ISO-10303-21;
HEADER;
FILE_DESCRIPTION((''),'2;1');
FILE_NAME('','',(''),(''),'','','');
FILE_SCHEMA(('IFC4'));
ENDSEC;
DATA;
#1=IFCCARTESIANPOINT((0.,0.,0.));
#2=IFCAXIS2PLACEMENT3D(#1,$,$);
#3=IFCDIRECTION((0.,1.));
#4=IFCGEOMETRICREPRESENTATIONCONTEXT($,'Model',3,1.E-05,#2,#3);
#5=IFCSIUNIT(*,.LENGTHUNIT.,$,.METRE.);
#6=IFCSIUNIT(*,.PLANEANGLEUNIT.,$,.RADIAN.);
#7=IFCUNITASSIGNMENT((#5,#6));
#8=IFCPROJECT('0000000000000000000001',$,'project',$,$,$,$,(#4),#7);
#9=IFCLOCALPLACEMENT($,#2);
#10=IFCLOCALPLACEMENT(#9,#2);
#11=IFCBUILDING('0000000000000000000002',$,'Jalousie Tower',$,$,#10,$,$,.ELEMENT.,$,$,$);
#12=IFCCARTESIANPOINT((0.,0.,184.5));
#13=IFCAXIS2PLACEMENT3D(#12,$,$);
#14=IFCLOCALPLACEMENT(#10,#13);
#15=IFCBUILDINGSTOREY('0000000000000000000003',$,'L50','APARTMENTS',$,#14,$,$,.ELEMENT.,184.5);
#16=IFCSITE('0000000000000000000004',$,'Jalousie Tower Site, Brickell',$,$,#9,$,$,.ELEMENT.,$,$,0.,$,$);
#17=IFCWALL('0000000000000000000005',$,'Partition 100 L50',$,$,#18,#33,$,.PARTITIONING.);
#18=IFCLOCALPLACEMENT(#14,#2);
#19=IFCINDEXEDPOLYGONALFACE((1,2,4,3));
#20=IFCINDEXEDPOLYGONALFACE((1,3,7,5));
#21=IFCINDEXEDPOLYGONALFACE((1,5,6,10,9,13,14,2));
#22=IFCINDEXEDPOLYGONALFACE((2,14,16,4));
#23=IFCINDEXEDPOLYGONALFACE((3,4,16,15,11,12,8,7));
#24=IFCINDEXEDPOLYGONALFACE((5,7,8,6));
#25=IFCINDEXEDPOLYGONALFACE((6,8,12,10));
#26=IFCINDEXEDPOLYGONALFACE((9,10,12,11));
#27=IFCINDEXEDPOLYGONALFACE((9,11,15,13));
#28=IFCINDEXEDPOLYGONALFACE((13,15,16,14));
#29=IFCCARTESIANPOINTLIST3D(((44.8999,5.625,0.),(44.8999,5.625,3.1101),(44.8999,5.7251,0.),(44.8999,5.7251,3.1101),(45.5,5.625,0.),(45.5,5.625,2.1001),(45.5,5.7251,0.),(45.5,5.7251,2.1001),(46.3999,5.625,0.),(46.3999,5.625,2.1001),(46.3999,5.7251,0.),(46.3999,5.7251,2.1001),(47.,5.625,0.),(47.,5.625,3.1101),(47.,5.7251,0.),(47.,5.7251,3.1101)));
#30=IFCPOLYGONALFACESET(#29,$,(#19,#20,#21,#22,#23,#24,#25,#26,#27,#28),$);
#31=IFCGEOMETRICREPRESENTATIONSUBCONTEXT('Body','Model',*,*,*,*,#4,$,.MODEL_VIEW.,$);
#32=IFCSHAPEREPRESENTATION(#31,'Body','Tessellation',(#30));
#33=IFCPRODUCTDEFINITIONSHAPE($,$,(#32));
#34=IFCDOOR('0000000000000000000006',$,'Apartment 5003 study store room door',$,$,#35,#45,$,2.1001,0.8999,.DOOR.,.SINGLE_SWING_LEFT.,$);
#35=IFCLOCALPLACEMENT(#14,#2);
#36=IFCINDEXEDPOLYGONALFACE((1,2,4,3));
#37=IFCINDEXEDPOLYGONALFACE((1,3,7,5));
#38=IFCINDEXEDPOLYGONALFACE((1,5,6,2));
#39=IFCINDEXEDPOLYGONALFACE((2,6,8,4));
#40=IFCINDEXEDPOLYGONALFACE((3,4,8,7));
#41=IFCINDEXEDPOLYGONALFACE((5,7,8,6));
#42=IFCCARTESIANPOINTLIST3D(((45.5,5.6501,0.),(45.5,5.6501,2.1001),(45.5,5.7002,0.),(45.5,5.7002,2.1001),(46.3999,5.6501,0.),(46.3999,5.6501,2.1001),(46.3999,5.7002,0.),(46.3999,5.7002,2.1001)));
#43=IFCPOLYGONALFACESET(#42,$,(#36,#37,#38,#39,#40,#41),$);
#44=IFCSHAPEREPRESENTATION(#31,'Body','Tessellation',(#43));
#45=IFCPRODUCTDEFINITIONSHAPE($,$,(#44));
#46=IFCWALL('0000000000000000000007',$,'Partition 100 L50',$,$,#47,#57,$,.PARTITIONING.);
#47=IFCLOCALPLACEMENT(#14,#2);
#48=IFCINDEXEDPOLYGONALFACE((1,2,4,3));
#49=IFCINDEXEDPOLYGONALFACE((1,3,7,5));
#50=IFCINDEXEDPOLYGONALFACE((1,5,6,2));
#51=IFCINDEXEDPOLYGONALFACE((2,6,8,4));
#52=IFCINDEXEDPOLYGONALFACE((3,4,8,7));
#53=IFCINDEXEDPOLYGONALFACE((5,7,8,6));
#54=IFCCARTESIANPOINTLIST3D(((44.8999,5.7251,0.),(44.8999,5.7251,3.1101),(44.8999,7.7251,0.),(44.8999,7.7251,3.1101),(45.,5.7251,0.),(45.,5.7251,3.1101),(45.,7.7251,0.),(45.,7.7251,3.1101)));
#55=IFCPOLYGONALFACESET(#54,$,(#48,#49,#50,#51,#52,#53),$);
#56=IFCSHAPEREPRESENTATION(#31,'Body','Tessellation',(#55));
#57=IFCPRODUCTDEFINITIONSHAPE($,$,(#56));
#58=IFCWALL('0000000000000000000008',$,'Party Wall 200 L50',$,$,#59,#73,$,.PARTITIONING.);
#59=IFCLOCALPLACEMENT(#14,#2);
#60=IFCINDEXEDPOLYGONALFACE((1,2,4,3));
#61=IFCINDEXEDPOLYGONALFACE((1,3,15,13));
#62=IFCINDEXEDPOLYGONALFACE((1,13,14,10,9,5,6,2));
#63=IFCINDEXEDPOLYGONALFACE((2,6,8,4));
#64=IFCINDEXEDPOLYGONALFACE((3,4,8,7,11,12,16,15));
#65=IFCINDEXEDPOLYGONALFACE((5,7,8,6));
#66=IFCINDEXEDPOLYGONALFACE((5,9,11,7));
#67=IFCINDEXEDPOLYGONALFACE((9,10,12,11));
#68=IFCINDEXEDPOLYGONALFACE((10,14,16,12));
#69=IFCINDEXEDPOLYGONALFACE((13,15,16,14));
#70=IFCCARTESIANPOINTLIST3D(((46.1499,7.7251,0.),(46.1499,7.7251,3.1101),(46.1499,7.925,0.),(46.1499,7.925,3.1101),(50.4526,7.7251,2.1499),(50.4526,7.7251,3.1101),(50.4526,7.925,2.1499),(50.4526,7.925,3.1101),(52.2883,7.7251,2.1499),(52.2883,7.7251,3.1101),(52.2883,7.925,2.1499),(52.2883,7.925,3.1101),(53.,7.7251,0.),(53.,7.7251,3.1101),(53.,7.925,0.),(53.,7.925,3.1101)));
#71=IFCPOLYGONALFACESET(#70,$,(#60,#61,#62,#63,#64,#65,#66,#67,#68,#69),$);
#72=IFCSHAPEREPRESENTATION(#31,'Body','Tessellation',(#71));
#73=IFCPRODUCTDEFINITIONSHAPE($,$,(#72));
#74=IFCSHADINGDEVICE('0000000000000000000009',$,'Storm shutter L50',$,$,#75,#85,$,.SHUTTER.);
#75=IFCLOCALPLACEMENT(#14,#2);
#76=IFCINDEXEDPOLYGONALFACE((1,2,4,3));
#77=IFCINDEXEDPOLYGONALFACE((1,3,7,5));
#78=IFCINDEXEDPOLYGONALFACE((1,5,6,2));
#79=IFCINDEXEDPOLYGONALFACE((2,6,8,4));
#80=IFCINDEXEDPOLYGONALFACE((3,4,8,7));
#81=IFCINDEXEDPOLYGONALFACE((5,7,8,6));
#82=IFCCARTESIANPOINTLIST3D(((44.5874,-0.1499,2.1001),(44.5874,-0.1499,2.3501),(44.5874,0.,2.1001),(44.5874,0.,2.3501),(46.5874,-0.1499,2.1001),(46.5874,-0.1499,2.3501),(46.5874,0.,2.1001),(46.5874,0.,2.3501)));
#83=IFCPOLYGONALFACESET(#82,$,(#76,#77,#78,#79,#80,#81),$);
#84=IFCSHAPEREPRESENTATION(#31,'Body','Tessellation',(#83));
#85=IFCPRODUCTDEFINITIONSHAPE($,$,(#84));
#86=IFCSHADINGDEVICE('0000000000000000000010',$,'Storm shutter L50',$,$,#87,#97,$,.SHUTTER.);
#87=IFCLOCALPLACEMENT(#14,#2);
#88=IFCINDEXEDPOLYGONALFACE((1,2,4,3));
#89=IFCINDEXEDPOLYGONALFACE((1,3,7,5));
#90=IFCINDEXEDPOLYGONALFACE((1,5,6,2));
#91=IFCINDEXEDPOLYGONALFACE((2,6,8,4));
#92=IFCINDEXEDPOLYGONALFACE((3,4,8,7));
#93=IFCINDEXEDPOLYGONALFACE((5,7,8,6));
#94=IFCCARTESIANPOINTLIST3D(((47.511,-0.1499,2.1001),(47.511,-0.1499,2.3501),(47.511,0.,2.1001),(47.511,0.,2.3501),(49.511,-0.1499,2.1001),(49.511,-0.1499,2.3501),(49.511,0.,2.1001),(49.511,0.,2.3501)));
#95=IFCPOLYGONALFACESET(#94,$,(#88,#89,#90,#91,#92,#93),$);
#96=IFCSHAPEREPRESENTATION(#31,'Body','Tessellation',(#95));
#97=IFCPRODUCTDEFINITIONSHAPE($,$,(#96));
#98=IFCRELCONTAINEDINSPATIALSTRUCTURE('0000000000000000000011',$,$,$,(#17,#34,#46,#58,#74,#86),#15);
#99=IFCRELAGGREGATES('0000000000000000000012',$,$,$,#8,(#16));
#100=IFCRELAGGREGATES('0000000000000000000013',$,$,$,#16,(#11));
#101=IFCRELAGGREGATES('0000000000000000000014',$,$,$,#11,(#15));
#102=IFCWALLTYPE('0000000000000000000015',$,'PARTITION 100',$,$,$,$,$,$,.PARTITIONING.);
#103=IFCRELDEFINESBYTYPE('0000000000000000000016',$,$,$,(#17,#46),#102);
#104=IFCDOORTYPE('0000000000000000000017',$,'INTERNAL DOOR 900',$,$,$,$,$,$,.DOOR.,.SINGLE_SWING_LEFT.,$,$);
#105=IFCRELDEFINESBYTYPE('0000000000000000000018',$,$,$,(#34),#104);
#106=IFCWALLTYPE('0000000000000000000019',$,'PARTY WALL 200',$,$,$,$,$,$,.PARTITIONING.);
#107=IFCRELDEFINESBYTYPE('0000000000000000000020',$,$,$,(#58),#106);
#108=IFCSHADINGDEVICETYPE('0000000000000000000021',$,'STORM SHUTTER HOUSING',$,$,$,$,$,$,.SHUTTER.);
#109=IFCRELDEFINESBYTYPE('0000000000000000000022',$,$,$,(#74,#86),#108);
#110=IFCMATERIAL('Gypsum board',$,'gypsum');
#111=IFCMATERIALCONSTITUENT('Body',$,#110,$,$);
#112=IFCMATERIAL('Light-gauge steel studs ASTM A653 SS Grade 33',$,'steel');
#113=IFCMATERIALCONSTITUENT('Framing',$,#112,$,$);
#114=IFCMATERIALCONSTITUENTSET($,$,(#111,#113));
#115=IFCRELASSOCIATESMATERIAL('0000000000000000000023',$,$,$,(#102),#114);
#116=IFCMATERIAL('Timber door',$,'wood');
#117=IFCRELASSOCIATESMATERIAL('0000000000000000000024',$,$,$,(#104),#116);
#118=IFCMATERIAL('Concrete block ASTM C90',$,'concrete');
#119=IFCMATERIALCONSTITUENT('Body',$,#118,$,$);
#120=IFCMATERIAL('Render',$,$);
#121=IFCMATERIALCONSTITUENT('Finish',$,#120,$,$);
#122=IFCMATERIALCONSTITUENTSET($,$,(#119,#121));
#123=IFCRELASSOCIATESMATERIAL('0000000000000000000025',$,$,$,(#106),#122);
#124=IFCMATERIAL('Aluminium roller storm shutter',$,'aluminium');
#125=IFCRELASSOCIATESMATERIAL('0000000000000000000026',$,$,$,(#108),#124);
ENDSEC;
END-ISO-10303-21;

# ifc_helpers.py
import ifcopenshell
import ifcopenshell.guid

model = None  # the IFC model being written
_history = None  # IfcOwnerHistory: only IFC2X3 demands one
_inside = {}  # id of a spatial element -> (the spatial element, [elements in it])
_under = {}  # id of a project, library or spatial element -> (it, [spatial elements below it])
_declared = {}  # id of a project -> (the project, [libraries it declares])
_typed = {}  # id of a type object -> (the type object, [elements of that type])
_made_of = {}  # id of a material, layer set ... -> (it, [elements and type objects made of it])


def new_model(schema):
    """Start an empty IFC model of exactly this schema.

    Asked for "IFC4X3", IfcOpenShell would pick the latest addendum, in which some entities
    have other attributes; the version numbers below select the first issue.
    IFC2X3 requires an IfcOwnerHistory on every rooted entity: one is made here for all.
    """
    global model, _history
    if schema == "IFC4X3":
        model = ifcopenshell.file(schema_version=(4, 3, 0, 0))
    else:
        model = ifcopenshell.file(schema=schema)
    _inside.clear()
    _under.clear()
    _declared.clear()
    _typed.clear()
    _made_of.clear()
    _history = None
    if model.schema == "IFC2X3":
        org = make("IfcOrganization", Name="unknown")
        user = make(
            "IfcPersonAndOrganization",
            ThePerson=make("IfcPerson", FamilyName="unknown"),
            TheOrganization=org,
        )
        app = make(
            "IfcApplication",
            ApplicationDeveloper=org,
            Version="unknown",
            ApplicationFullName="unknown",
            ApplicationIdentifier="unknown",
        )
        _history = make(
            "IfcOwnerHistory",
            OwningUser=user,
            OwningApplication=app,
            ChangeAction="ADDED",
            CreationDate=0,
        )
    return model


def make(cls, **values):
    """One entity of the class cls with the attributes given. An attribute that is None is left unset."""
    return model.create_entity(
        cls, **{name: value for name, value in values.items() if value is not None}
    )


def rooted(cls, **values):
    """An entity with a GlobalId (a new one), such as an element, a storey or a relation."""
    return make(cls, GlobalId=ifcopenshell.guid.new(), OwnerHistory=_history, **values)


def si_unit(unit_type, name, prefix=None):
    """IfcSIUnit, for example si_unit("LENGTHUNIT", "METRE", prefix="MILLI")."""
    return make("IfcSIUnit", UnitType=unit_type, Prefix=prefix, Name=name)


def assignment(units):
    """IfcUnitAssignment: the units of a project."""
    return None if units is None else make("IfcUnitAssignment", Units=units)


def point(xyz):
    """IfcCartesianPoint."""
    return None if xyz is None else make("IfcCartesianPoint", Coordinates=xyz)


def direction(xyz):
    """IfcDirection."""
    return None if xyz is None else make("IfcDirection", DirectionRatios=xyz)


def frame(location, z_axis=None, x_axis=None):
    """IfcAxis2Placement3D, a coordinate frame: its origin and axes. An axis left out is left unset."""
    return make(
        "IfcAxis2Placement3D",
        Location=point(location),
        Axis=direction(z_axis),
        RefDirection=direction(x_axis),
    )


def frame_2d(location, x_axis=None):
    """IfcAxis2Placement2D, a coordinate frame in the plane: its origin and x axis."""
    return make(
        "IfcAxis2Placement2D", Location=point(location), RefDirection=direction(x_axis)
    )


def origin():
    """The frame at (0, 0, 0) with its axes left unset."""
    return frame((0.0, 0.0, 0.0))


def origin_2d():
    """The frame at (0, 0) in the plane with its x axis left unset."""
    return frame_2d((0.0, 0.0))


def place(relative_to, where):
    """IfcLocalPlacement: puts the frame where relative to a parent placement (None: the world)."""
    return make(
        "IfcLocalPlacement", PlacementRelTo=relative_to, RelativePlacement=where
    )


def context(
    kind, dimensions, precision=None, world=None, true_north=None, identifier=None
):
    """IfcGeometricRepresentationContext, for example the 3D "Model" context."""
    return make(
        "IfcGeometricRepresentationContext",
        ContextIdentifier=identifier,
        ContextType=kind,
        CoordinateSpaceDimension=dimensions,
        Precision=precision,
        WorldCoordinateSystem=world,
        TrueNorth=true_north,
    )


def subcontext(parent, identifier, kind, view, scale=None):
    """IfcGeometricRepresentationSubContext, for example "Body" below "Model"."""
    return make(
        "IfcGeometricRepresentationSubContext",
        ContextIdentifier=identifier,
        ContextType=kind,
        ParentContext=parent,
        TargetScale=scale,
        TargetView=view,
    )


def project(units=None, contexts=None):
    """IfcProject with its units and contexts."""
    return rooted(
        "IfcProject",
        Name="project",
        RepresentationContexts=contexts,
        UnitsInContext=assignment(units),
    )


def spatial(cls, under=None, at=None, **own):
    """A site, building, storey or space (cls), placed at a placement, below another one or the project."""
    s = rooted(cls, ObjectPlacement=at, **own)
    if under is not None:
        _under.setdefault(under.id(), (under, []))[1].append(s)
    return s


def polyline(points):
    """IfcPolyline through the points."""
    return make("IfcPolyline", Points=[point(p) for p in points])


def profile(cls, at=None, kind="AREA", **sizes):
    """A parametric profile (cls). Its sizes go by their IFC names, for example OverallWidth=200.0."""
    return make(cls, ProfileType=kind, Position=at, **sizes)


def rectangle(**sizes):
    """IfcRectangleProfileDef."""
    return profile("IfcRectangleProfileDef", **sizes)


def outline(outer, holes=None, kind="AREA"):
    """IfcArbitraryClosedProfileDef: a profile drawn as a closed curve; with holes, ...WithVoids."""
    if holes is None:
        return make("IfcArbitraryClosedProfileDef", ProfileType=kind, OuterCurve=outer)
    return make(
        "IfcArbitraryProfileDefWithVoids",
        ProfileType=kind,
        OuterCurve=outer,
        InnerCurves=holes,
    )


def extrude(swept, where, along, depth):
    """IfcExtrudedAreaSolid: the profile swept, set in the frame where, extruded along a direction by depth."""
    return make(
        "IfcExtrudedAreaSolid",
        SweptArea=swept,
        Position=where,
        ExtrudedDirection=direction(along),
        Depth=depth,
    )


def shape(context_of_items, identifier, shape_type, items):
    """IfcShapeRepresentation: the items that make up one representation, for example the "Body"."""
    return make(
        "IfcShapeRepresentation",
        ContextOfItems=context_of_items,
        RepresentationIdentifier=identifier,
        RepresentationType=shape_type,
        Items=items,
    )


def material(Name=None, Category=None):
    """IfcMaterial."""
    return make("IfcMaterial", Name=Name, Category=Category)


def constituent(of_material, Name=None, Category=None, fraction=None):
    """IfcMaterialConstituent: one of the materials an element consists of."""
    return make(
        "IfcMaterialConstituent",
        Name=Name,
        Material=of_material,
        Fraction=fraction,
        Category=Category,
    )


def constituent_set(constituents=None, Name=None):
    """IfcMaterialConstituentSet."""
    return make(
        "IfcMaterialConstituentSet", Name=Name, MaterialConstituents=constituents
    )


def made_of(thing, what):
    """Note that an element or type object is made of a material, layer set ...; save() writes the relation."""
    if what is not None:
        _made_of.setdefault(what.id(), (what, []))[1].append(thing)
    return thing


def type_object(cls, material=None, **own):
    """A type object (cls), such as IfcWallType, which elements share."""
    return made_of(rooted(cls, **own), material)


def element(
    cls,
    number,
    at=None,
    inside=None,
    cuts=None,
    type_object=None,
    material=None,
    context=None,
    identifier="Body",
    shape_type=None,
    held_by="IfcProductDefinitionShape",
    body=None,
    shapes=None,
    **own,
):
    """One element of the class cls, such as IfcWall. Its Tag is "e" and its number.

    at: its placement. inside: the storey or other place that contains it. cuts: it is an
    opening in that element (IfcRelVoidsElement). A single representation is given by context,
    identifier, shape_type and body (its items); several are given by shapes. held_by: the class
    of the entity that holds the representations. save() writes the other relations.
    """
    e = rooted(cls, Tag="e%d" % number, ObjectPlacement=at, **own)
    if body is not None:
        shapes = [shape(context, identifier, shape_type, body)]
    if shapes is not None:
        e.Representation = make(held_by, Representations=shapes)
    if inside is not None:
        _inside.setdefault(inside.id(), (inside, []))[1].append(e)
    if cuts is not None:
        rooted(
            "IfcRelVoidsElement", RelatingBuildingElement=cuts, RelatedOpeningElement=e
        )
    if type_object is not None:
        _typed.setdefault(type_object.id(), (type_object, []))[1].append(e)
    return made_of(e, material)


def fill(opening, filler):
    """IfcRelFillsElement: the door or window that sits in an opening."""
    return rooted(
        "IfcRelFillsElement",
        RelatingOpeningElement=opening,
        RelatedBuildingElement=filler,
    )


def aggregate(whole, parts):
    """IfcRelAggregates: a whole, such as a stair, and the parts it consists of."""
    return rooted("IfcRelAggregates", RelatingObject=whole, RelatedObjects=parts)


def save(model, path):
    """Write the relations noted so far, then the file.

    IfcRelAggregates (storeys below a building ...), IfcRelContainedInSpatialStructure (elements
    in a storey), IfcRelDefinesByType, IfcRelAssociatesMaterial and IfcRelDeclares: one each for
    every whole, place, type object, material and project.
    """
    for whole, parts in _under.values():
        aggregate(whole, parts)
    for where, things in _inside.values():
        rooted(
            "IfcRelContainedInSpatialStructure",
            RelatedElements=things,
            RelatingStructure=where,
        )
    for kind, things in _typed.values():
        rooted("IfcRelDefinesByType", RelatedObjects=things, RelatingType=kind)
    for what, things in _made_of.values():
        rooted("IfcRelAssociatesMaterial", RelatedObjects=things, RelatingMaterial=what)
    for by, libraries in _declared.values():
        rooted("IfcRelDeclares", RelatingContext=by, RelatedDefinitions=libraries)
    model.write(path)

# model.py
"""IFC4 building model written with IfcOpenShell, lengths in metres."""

from ifc_helpers import new_model, si_unit, direction, frame, frame_2d, origin, origin_2d, place, context, subcontext, project, spatial, polyline, rectangle, outline, extrude, material, constituent, constituent_set, type_object, element, fill, save


model = new_model("IFC4")

# Units and contexts
model_context = context("Model", 3, precision=1e-05, world=origin(), true_north=direction((0.0, 1.0)))
body_context = subcontext(model_context, "Body", "Model", "MODEL_VIEW")
ifc_project = project(units=[si_unit("LENGTHUNIT", "METRE"), si_unit("PLANEANGLEUNIT", "RADIAN")], contexts=[model_context])

# Site, building, storey
site_placement = place(None, origin())
site = spatial("IfcSite", under=ifc_project, at=site_placement, Name="Jalousie Tower Site, Brickell", CompositionType="ELEMENT", RefElevation=0.0)
building_placement = place(site_placement, origin())
building = spatial("IfcBuilding", under=site, at=building_placement, Name="Jalousie Tower", CompositionType="ELEMENT")
storey_placement = place(building_placement, frame((0.0, 0.0, 184.5)))
storey = spatial("IfcBuildingStorey", under=building, at=storey_placement, Name="L50", Description="APARTMENTS", CompositionType="ELEMENT", Elevation=184.5)

# Shared definitions
ifc_material_1 = material(Name="Gypsum board", Category="gypsum")
ifc_constituent_1 = constituent(ifc_material_1, Name="Body")
ifc_material_2 = material(Name="Light-gauge steel studs ASTM A653 SS Grade 33", Category="steel")
ifc_constituent_2 = constituent(ifc_material_2, Name="Framing")
ifc_constituent_set_1 = constituent_set(constituents=[ifc_constituent_1, ifc_constituent_2])
wall_type_1 = type_object("IfcWallType", Name="PARTITION 100", PredefinedType="PARTITIONING", material=ifc_constituent_set_1)
ifc_material_3 = material(Name="Timber door", Category="wood")
door_type_1 = type_object("IfcDoorType", Name="INTERNAL DOOR 900", OperationType="SINGLE_SWING_LEFT", PredefinedType="DOOR", material=ifc_material_3)

# Wall, opening, door
wall_1_placement = place(storey_placement, frame((47.0, 5.675, 0.0), z_axis=(0.0, 0.0, 1.0), x_axis=(-1.0, 0.0, 0.0)))
wall_1 = element("IfcWall", 1, at=wall_1_placement, inside=storey, type_object=wall_type_1, Name="Partition 100 L50", PredefinedType="PARTITIONING", context=body_context, shape_type="SweptSolid", body=[
    extrude(rectangle(XDim=2.1001, YDim=0.1001, at=frame_2d((1.05, 0.0))), origin(), (0.0, 0.0, 1.0), 3.1101),
])
opening_1_placement = place(wall_1_placement, frame((0.6001, 0.0, 0.0)))
opening_1 = element("IfcOpeningElement", 2, at=opening_1_placement, cuts=wall_1, PredefinedType="OPENING", context=body_context, shape_type="SweptSolid", body=[
    extrude(rectangle(XDim=0.8999, YDim=2.1001, at=frame_2d((0.45, 1.05))), frame((0.0, 0.0601, 0.0), z_axis=(0.0, -1.0, 0.0), x_axis=(1.0, 0.0, 0.0)), (0.0, 0.0, 1.0), 0.1201),
])
door_1_placement = place(opening_1_placement, origin())
door_1 = element("IfcDoor", 3, at=door_1_placement, inside=storey, type_object=door_type_1, Name="Apartment 5003 study store room door", OperationType="SINGLE_SWING_LEFT", OverallHeight=2.1001, OverallWidth=0.8999, PredefinedType="DOOR", context=body_context, shape_type="SweptSolid", body=[
    extrude(rectangle(XDim=0.8999, YDim=2.1001, at=frame_2d((0.45, 1.05))), frame((0.0, 0.0249, 0.0), z_axis=(0.0, -1.0, 0.0), x_axis=(1.0, 0.0, 0.0)), (0.0, 0.0, 1.0), 0.05),
])
fill(opening_1, door_1)

# Walls
wall_2_placement = place(storey_placement, frame((44.95, 7.7251, 0.0), z_axis=(0.0, 0.0, 1.0), x_axis=(0.0, -1.0, 0.0)))
element("IfcWall", 4, at=wall_2_placement, inside=storey, type_object=wall_type_1, Name="Partition 100 L50", PredefinedType="PARTITIONING", context=body_context, shape_type="SweptSolid", body=[
    extrude(rectangle(XDim=2.0, YDim=0.1001, at=frame_2d((1.0, 0.0))), origin(), (0.0, 0.0, 1.0), 3.1101),
])
ifc_material_4 = material(Name="Concrete block ASTM C90", Category="concrete")
ifc_constituent_3 = constituent(ifc_material_4, Name="Body")
ifc_material_5 = material(Name="Render")
ifc_constituent_4 = constituent(ifc_material_5, Name="Finish")
ifc_constituent_set_2 = constituent_set(constituents=[ifc_constituent_3, ifc_constituent_4])
wall_type_2 = type_object("IfcWallType", Name="PARTY WALL 200", PredefinedType="PARTITIONING", material=ifc_constituent_set_2)
wall_3_placement = place(storey_placement, frame((46.1499, 7.825, 0.0), z_axis=(0.0, 0.0, 1.0), x_axis=(1.0, 0.0, 0.0)))
element("IfcWall", 5, at=wall_3_placement, inside=storey, type_object=wall_type_2, Name="Party Wall 200 L50", PredefinedType="PARTITIONING", context=body_context, shape_type="SweptSolid", body=[
    extrude(outline(polyline([(0.0, 0.0), (6.8501, 0.0), (6.8501, 3.1101), (6.1384, 3.1101), (6.1384, 2.1499), (4.3027, 2.1499), (4.3027, 3.1101), (0.0, 3.1101), (0.0, 0.0)])), frame((0.0, 0.1001, 0.0), z_axis=(0.0, -1.0, 0.0), x_axis=(1.0, 0.0, 0.0)), (0.0, 0.0, 1.0), 0.2),
])

# Shading devices
ifc_material_6 = material(Name="Aluminium roller storm shutter", Category="aluminium")
shading_device_type = type_object("IfcShadingDeviceType", Name="STORM SHUTTER HOUSING", PredefinedType="SHUTTER", material=ifc_material_6)
for number, where, z_axis, x_axis, name in (
    (6, (45.5874, -0.075, 2.1001), (0.0, 0.0, 1.0), (1.0, 0.0, 0.0), "Storm shutter L50"),
    (7, (48.511, -0.075, 2.1001), (0.0, 0.0, 1.0), (1.0, 0.0, 0.0), "Storm shutter L50"),
):
    element("IfcShadingDevice", number, at=place(storey_placement, frame(where, z_axis=z_axis, x_axis=x_axis)), inside=storey, type_object=shading_device_type, Name=name, PredefinedType="SHUTTER", context=body_context, shape_type="SweptSolid", body=[
        extrude(rectangle(XDim=2.0, YDim=0.1499, at=origin_2d()), origin(), (0.0, 0.0, 1.0), 0.25),
    ])

save(model, "model.ifc")
